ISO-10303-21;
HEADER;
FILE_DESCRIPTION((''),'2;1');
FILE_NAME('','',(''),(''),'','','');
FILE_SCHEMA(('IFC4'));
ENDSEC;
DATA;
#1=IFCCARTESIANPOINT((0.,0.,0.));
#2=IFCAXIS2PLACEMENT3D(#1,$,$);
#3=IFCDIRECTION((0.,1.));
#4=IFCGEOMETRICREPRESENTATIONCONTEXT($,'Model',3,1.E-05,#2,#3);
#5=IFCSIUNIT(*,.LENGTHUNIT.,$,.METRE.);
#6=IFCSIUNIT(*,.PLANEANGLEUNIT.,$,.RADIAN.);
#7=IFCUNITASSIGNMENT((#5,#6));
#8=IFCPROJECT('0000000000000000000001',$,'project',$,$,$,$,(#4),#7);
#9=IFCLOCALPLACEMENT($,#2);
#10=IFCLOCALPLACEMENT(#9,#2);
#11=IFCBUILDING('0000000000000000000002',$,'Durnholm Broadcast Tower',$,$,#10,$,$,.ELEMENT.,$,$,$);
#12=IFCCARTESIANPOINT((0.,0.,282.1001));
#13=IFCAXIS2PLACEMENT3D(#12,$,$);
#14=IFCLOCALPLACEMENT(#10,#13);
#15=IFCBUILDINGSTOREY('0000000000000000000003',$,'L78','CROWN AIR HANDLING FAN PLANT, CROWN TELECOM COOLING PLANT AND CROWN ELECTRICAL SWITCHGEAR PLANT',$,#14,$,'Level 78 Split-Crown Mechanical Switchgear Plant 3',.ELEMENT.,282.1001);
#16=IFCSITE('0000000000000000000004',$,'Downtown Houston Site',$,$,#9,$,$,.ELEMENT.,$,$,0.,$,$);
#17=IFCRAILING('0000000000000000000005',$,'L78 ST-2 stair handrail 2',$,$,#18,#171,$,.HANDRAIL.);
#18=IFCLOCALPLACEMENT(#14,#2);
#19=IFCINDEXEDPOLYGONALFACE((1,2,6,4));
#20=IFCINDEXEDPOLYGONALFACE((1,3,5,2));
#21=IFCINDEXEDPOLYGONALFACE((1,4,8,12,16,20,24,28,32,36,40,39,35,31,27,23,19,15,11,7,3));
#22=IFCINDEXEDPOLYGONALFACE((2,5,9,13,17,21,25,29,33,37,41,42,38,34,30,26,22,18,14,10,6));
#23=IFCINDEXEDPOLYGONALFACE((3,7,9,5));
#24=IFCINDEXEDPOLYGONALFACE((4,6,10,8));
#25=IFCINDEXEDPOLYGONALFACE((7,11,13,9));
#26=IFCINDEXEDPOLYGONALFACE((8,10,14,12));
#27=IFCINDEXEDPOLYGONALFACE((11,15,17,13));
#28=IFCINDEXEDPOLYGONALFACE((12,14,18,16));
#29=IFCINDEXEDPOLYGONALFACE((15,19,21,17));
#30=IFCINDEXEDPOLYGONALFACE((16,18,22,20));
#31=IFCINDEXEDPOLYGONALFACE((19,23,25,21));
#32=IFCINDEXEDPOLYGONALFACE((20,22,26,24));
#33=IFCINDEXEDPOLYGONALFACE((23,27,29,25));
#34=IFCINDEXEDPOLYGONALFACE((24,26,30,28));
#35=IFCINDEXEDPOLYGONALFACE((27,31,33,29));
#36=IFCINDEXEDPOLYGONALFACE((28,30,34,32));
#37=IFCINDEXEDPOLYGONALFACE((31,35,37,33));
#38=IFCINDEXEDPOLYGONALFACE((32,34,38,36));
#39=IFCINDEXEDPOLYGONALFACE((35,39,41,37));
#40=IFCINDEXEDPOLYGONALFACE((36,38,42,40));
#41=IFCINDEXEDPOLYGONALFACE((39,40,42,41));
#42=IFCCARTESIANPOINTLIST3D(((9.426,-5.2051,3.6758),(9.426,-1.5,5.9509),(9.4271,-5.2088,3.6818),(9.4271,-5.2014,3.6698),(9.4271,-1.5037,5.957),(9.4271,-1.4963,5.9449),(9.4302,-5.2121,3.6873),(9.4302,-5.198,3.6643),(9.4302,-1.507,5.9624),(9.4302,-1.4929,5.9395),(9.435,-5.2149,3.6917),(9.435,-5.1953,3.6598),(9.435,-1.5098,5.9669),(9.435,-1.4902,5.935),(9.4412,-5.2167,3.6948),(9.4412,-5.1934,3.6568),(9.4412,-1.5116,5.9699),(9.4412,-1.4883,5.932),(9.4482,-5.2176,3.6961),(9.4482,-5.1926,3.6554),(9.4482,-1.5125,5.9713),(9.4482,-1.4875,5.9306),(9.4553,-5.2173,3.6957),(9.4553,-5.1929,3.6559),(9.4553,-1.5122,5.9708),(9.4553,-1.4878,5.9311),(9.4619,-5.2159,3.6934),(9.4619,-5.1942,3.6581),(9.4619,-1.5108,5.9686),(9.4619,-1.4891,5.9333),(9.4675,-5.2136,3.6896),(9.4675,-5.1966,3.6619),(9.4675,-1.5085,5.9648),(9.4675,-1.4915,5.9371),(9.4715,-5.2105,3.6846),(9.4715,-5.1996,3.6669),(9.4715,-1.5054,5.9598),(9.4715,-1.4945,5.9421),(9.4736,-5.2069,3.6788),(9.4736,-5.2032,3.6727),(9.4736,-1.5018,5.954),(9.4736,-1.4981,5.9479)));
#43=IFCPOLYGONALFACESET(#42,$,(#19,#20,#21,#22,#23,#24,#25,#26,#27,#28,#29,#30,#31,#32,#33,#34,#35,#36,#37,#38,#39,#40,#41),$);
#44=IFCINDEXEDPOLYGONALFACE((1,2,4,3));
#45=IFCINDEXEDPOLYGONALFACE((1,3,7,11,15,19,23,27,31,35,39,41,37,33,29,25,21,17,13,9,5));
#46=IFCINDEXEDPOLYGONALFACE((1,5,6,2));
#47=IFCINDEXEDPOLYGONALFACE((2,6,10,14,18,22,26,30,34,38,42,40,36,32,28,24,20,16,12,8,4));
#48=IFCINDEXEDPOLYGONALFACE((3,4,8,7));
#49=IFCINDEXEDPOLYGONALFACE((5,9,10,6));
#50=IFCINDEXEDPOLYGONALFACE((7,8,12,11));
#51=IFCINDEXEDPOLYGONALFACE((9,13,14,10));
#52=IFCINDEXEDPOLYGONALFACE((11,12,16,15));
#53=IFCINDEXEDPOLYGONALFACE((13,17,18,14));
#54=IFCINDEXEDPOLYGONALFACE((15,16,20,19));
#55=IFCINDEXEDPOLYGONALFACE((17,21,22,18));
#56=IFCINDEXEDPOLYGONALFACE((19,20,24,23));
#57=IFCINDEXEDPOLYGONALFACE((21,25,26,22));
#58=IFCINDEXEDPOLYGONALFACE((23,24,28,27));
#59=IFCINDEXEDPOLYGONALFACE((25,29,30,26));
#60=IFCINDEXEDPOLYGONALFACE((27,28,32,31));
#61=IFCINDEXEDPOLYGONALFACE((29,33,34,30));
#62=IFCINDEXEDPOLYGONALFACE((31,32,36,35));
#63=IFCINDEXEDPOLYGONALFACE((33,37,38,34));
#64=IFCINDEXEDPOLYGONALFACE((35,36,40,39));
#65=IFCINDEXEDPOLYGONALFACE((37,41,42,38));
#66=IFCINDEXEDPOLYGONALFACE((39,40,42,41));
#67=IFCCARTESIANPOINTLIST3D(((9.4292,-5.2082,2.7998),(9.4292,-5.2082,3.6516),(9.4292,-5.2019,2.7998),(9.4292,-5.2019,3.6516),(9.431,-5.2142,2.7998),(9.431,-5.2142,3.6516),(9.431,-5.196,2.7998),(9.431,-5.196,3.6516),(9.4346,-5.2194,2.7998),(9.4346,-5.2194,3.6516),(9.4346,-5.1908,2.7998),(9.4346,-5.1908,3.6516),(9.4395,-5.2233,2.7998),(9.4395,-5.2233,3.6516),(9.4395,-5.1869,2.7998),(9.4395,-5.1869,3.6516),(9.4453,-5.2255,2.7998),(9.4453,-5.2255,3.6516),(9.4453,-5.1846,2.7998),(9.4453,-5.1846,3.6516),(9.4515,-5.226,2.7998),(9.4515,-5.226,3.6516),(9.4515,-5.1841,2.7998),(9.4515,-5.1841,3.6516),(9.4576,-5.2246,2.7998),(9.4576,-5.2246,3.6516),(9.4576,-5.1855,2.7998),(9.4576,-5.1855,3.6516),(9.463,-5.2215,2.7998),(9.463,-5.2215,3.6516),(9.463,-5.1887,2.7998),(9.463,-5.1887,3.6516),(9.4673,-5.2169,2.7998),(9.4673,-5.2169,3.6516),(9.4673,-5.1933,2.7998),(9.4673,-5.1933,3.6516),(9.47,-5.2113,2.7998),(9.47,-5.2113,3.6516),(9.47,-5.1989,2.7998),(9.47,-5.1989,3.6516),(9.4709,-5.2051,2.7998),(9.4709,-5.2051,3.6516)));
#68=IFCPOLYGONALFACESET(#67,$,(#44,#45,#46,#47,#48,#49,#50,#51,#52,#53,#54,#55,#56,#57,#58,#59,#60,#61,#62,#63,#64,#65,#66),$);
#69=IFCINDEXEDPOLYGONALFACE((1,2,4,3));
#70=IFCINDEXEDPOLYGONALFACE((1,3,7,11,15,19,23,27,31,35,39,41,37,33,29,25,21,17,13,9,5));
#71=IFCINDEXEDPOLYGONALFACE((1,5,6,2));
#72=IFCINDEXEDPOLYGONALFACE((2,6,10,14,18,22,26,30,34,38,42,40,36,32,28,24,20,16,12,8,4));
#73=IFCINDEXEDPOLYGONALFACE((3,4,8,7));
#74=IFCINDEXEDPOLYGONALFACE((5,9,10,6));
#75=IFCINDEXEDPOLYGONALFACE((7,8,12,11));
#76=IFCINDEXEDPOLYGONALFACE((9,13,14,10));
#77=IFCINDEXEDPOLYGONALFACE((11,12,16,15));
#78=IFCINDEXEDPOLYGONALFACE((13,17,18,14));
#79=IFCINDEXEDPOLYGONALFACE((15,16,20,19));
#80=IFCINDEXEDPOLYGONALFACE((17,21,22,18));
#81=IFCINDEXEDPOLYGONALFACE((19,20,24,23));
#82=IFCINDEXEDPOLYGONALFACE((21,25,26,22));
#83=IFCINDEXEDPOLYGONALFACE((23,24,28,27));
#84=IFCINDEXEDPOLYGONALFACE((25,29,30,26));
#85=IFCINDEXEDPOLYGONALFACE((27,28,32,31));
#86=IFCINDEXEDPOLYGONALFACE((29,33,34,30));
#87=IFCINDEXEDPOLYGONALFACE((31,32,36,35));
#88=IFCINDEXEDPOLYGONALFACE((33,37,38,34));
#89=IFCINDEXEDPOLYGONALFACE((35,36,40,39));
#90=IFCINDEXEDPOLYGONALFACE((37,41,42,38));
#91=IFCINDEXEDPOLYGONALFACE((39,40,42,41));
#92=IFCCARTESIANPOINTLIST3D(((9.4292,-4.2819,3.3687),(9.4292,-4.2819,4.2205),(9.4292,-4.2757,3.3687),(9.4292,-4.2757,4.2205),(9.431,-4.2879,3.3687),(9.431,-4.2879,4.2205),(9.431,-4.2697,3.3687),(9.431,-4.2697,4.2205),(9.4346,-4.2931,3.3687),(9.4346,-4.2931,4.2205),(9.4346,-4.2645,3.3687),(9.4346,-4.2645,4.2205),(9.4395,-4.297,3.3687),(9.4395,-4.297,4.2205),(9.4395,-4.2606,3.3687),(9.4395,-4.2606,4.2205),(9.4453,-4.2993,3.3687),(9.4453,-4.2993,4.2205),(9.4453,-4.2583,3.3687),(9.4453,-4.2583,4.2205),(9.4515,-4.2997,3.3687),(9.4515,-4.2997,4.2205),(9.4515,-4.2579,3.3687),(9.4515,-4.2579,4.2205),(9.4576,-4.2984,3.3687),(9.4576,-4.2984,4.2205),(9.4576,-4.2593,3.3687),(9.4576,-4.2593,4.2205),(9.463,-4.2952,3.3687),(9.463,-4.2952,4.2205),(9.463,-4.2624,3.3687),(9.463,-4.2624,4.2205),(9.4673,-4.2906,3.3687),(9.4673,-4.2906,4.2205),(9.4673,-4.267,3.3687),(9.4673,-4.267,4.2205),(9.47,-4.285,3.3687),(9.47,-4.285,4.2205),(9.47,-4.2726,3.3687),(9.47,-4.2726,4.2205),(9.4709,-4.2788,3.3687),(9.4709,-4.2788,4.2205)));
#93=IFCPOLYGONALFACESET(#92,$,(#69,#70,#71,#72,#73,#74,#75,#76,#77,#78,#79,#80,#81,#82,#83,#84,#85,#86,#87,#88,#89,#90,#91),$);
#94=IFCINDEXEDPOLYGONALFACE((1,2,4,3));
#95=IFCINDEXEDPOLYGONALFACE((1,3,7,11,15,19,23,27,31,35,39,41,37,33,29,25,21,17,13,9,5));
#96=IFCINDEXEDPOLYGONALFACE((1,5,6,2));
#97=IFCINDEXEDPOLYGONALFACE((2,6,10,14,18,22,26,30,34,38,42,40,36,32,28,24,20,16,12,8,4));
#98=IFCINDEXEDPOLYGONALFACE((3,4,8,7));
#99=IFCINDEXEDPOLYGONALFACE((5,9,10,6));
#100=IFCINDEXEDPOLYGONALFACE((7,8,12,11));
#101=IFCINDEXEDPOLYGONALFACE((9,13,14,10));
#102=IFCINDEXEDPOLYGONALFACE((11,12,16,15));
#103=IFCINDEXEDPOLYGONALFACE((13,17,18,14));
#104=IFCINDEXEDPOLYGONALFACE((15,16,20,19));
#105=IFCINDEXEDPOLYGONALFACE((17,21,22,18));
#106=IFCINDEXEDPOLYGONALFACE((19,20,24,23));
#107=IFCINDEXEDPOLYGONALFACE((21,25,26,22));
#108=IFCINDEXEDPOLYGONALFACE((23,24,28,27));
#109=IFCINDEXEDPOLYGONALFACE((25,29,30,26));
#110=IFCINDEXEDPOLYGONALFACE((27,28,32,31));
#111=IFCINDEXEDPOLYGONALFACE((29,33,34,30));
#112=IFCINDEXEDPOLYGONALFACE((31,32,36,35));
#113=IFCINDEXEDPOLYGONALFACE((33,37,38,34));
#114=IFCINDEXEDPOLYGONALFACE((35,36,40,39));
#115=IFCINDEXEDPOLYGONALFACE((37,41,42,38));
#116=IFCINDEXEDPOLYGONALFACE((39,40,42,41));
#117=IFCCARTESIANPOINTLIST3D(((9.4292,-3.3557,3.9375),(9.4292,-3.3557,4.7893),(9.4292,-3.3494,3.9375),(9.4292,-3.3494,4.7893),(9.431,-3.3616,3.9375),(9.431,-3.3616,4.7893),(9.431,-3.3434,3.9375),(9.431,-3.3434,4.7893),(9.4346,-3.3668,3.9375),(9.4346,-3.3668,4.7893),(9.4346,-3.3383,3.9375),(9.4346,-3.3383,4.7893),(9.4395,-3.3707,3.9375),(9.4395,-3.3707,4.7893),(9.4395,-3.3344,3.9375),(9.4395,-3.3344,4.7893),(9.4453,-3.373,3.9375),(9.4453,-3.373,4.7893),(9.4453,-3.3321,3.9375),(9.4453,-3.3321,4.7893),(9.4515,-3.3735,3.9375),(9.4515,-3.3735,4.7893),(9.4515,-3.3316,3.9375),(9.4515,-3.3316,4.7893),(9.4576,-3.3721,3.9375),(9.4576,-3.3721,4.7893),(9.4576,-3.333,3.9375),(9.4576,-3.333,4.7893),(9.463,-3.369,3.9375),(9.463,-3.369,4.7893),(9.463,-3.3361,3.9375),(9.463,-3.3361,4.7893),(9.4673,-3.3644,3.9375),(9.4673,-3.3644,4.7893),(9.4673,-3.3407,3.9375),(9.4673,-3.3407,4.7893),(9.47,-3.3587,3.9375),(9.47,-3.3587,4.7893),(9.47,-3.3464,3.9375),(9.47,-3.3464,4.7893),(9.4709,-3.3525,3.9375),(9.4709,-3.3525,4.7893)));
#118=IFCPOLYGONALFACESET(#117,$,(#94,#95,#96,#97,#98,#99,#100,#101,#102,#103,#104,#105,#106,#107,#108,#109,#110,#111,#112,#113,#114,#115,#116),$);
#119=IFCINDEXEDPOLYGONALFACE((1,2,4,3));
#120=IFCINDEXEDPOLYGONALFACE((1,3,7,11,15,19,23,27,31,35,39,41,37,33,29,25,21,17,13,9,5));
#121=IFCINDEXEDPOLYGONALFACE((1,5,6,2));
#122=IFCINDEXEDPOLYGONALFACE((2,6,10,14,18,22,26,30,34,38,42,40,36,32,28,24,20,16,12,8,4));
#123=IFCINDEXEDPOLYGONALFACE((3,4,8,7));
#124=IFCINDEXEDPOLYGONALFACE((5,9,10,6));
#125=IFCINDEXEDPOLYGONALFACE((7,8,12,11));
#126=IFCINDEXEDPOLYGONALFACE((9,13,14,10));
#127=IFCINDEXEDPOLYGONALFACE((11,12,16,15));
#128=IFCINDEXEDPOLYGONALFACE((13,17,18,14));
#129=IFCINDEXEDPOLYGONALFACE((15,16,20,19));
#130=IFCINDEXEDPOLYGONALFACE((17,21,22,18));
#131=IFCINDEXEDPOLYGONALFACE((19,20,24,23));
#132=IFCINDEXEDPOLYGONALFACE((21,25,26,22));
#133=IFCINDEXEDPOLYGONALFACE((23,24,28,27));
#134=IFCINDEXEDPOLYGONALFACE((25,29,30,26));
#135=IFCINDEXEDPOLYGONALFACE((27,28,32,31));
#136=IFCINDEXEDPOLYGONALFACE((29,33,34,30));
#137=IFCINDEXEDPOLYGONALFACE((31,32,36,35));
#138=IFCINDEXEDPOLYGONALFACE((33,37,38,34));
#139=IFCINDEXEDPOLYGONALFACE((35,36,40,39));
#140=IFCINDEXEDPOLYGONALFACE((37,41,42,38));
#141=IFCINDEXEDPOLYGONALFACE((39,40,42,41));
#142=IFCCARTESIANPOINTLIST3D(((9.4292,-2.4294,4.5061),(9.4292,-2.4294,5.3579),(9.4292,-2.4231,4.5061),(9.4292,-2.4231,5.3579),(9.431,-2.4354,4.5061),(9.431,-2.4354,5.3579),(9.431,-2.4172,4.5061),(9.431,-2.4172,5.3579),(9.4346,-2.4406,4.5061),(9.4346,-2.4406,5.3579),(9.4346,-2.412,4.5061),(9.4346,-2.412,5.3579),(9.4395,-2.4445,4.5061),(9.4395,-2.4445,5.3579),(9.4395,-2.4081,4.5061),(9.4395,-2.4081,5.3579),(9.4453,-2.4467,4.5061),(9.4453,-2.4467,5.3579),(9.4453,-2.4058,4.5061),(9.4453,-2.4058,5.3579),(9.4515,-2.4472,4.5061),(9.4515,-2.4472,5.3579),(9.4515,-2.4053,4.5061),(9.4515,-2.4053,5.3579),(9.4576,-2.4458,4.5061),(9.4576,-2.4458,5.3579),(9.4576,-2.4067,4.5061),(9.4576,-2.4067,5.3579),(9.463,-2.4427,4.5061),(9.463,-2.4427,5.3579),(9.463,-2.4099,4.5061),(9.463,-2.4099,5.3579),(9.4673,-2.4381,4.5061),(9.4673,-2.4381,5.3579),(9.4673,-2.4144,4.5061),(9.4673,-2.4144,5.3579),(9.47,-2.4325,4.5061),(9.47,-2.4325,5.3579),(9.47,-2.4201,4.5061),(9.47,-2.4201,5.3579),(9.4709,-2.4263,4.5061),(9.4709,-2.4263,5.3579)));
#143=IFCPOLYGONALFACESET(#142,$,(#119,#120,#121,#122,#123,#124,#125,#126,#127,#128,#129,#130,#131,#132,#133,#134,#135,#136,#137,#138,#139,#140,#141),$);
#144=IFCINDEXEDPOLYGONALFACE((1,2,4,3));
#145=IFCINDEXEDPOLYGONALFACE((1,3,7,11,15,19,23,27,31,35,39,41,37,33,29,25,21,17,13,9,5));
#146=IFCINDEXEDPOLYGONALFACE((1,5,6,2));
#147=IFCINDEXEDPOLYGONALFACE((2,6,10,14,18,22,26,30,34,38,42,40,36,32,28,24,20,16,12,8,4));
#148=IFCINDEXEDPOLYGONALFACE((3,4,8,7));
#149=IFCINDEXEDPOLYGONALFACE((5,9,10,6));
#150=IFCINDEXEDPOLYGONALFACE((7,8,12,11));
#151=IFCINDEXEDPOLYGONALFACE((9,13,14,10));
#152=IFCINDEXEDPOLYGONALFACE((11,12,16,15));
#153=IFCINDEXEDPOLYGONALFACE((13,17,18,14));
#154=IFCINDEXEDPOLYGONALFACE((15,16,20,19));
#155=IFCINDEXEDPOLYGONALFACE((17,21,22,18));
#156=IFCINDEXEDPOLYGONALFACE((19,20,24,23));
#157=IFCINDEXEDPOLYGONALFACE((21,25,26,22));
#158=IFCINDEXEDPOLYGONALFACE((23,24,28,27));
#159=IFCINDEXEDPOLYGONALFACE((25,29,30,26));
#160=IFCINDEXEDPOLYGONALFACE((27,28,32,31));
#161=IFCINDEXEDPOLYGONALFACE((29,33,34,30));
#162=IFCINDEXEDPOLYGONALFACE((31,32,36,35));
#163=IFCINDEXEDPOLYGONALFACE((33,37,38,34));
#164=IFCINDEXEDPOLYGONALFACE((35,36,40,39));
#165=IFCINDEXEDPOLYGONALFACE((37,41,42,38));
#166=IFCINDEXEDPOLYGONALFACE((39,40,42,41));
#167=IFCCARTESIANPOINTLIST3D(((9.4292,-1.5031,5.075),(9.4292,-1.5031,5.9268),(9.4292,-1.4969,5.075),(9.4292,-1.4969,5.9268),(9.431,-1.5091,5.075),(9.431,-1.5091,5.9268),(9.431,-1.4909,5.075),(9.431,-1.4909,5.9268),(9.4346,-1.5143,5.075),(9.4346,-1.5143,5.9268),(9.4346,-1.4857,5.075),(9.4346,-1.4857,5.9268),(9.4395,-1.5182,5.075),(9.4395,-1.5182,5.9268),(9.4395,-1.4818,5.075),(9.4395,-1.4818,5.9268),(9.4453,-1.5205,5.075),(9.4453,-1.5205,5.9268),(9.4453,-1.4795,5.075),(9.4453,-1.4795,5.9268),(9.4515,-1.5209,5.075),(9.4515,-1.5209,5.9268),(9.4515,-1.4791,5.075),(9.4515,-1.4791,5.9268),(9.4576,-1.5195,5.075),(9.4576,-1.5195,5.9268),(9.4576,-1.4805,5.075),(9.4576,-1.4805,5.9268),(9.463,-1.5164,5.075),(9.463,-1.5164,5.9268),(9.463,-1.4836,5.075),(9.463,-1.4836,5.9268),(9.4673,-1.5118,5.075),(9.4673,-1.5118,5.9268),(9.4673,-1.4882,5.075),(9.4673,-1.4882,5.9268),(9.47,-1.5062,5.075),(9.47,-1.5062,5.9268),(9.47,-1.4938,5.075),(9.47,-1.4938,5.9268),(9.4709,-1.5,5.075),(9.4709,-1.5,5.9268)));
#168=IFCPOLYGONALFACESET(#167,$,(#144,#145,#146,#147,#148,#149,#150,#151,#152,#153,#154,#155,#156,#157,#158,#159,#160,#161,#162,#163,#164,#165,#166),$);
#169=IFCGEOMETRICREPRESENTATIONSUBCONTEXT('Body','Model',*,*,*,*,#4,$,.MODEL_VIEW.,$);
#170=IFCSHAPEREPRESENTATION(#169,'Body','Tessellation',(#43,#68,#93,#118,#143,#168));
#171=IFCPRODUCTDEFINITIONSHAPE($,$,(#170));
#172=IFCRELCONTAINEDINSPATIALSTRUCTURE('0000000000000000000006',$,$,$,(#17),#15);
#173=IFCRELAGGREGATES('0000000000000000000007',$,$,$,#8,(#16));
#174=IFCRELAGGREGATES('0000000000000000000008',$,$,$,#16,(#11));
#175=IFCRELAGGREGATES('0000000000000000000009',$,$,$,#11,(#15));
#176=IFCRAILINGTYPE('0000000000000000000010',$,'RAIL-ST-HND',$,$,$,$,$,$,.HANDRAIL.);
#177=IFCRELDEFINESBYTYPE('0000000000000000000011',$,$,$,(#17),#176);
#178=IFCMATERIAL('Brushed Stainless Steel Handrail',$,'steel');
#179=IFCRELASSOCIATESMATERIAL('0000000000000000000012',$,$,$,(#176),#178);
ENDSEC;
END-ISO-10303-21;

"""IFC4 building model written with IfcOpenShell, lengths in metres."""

from ifc_helpers import new_model, si_unit, direction, frame, origin, origin_2d, place, context, subcontext, project, spatial, circle, extrude, material, type_object, element, save


model = new_model("IFC4")

# Units and contexts
model_context = context("Model", 3, precision=1e-05, world=origin(), true_north=direction((0.0, 1.0)))
body_context = subcontext(model_context, "Body", "Model", "MODEL_VIEW")
ifc_project = project(units=[si_unit("LENGTHUNIT", "METRE"), si_unit("PLANEANGLEUNIT", "RADIAN")], contexts=[model_context])

# Site, building, storey
site_placement = place(None, origin())
site = spatial("IfcSite", under=ifc_project, at=site_placement, Name="Downtown Houston Site", CompositionType="ELEMENT", RefElevation=0.0)
building_placement = place(site_placement, origin())
building = spatial("IfcBuilding", under=site, at=building_placement, Name="Durnholm Broadcast Tower", CompositionType="ELEMENT")
storey_placement = place(building_placement, frame((0.0, 0.0, 282.1001)))
storey = spatial("IfcBuildingStorey", under=building, at=storey_placement, Name="L78", Description="CROWN AIR HANDLING FAN PLANT, CROWN TELECOM COOLING PLANT AND CROWN ELECTRICAL SWITCHGEAR PLANT", LongName="Level 78 Split-Crown Mechanical Switchgear Plant 3", CompositionType="ELEMENT", Elevation=282.1001)

# Railing
ifc_material_1 = material(Name="Brushed Stainless Steel Handrail", Category="steel")
railing_type_1 = type_object("IfcRailingType", Name="RAIL-ST-HND", PredefinedType="HANDRAIL", material=ifc_material_1)
railing_1_placement = place(storey_placement, frame((9.45, -5.2051, 2.7998)))
element("IfcRailing", 1, at=railing_1_placement, inside=storey, type_object=railing_type_1, Name="L78 ST-2 stair handrail 2", PredefinedType="HANDRAIL", context=body_context, shape_type="SweptSolid", body=[
    extrude(circle(Radius=0.0239, at=origin_2d()), frame((0.0, 0.0, 0.876), z_axis=(0.0, 0.852161, 0.523279), x_axis=(-1.0, 0.0, 0.0)), (0.0, 0.0, 1.0), 4.3479),
    extrude(circle(Radius=0.021, at=origin_2d()), origin(), (0.0, 0.0, 1.0), 0.8518),
    extrude(circle(Radius=0.021, at=origin_2d()), frame((0.0, 0.9263, 0.5688)), (0.0, 0.0, 1.0), 0.8518),
    extrude(circle(Radius=0.021, at=origin_2d()), frame((0.0, 1.8525, 1.1377)), (0.0, 0.0, 1.0), 0.8518),
    extrude(circle(Radius=0.021, at=origin_2d()), frame((0.0, 2.7788, 1.7063)), (0.0, 0.0, 1.0), 0.8518),
    extrude(circle(Radius=0.021, at=origin_2d()), frame((0.0, 3.7051, 2.2751)), (0.0, 0.0, 1.0), 0.8518),
])

save(model, "model.ifc")
